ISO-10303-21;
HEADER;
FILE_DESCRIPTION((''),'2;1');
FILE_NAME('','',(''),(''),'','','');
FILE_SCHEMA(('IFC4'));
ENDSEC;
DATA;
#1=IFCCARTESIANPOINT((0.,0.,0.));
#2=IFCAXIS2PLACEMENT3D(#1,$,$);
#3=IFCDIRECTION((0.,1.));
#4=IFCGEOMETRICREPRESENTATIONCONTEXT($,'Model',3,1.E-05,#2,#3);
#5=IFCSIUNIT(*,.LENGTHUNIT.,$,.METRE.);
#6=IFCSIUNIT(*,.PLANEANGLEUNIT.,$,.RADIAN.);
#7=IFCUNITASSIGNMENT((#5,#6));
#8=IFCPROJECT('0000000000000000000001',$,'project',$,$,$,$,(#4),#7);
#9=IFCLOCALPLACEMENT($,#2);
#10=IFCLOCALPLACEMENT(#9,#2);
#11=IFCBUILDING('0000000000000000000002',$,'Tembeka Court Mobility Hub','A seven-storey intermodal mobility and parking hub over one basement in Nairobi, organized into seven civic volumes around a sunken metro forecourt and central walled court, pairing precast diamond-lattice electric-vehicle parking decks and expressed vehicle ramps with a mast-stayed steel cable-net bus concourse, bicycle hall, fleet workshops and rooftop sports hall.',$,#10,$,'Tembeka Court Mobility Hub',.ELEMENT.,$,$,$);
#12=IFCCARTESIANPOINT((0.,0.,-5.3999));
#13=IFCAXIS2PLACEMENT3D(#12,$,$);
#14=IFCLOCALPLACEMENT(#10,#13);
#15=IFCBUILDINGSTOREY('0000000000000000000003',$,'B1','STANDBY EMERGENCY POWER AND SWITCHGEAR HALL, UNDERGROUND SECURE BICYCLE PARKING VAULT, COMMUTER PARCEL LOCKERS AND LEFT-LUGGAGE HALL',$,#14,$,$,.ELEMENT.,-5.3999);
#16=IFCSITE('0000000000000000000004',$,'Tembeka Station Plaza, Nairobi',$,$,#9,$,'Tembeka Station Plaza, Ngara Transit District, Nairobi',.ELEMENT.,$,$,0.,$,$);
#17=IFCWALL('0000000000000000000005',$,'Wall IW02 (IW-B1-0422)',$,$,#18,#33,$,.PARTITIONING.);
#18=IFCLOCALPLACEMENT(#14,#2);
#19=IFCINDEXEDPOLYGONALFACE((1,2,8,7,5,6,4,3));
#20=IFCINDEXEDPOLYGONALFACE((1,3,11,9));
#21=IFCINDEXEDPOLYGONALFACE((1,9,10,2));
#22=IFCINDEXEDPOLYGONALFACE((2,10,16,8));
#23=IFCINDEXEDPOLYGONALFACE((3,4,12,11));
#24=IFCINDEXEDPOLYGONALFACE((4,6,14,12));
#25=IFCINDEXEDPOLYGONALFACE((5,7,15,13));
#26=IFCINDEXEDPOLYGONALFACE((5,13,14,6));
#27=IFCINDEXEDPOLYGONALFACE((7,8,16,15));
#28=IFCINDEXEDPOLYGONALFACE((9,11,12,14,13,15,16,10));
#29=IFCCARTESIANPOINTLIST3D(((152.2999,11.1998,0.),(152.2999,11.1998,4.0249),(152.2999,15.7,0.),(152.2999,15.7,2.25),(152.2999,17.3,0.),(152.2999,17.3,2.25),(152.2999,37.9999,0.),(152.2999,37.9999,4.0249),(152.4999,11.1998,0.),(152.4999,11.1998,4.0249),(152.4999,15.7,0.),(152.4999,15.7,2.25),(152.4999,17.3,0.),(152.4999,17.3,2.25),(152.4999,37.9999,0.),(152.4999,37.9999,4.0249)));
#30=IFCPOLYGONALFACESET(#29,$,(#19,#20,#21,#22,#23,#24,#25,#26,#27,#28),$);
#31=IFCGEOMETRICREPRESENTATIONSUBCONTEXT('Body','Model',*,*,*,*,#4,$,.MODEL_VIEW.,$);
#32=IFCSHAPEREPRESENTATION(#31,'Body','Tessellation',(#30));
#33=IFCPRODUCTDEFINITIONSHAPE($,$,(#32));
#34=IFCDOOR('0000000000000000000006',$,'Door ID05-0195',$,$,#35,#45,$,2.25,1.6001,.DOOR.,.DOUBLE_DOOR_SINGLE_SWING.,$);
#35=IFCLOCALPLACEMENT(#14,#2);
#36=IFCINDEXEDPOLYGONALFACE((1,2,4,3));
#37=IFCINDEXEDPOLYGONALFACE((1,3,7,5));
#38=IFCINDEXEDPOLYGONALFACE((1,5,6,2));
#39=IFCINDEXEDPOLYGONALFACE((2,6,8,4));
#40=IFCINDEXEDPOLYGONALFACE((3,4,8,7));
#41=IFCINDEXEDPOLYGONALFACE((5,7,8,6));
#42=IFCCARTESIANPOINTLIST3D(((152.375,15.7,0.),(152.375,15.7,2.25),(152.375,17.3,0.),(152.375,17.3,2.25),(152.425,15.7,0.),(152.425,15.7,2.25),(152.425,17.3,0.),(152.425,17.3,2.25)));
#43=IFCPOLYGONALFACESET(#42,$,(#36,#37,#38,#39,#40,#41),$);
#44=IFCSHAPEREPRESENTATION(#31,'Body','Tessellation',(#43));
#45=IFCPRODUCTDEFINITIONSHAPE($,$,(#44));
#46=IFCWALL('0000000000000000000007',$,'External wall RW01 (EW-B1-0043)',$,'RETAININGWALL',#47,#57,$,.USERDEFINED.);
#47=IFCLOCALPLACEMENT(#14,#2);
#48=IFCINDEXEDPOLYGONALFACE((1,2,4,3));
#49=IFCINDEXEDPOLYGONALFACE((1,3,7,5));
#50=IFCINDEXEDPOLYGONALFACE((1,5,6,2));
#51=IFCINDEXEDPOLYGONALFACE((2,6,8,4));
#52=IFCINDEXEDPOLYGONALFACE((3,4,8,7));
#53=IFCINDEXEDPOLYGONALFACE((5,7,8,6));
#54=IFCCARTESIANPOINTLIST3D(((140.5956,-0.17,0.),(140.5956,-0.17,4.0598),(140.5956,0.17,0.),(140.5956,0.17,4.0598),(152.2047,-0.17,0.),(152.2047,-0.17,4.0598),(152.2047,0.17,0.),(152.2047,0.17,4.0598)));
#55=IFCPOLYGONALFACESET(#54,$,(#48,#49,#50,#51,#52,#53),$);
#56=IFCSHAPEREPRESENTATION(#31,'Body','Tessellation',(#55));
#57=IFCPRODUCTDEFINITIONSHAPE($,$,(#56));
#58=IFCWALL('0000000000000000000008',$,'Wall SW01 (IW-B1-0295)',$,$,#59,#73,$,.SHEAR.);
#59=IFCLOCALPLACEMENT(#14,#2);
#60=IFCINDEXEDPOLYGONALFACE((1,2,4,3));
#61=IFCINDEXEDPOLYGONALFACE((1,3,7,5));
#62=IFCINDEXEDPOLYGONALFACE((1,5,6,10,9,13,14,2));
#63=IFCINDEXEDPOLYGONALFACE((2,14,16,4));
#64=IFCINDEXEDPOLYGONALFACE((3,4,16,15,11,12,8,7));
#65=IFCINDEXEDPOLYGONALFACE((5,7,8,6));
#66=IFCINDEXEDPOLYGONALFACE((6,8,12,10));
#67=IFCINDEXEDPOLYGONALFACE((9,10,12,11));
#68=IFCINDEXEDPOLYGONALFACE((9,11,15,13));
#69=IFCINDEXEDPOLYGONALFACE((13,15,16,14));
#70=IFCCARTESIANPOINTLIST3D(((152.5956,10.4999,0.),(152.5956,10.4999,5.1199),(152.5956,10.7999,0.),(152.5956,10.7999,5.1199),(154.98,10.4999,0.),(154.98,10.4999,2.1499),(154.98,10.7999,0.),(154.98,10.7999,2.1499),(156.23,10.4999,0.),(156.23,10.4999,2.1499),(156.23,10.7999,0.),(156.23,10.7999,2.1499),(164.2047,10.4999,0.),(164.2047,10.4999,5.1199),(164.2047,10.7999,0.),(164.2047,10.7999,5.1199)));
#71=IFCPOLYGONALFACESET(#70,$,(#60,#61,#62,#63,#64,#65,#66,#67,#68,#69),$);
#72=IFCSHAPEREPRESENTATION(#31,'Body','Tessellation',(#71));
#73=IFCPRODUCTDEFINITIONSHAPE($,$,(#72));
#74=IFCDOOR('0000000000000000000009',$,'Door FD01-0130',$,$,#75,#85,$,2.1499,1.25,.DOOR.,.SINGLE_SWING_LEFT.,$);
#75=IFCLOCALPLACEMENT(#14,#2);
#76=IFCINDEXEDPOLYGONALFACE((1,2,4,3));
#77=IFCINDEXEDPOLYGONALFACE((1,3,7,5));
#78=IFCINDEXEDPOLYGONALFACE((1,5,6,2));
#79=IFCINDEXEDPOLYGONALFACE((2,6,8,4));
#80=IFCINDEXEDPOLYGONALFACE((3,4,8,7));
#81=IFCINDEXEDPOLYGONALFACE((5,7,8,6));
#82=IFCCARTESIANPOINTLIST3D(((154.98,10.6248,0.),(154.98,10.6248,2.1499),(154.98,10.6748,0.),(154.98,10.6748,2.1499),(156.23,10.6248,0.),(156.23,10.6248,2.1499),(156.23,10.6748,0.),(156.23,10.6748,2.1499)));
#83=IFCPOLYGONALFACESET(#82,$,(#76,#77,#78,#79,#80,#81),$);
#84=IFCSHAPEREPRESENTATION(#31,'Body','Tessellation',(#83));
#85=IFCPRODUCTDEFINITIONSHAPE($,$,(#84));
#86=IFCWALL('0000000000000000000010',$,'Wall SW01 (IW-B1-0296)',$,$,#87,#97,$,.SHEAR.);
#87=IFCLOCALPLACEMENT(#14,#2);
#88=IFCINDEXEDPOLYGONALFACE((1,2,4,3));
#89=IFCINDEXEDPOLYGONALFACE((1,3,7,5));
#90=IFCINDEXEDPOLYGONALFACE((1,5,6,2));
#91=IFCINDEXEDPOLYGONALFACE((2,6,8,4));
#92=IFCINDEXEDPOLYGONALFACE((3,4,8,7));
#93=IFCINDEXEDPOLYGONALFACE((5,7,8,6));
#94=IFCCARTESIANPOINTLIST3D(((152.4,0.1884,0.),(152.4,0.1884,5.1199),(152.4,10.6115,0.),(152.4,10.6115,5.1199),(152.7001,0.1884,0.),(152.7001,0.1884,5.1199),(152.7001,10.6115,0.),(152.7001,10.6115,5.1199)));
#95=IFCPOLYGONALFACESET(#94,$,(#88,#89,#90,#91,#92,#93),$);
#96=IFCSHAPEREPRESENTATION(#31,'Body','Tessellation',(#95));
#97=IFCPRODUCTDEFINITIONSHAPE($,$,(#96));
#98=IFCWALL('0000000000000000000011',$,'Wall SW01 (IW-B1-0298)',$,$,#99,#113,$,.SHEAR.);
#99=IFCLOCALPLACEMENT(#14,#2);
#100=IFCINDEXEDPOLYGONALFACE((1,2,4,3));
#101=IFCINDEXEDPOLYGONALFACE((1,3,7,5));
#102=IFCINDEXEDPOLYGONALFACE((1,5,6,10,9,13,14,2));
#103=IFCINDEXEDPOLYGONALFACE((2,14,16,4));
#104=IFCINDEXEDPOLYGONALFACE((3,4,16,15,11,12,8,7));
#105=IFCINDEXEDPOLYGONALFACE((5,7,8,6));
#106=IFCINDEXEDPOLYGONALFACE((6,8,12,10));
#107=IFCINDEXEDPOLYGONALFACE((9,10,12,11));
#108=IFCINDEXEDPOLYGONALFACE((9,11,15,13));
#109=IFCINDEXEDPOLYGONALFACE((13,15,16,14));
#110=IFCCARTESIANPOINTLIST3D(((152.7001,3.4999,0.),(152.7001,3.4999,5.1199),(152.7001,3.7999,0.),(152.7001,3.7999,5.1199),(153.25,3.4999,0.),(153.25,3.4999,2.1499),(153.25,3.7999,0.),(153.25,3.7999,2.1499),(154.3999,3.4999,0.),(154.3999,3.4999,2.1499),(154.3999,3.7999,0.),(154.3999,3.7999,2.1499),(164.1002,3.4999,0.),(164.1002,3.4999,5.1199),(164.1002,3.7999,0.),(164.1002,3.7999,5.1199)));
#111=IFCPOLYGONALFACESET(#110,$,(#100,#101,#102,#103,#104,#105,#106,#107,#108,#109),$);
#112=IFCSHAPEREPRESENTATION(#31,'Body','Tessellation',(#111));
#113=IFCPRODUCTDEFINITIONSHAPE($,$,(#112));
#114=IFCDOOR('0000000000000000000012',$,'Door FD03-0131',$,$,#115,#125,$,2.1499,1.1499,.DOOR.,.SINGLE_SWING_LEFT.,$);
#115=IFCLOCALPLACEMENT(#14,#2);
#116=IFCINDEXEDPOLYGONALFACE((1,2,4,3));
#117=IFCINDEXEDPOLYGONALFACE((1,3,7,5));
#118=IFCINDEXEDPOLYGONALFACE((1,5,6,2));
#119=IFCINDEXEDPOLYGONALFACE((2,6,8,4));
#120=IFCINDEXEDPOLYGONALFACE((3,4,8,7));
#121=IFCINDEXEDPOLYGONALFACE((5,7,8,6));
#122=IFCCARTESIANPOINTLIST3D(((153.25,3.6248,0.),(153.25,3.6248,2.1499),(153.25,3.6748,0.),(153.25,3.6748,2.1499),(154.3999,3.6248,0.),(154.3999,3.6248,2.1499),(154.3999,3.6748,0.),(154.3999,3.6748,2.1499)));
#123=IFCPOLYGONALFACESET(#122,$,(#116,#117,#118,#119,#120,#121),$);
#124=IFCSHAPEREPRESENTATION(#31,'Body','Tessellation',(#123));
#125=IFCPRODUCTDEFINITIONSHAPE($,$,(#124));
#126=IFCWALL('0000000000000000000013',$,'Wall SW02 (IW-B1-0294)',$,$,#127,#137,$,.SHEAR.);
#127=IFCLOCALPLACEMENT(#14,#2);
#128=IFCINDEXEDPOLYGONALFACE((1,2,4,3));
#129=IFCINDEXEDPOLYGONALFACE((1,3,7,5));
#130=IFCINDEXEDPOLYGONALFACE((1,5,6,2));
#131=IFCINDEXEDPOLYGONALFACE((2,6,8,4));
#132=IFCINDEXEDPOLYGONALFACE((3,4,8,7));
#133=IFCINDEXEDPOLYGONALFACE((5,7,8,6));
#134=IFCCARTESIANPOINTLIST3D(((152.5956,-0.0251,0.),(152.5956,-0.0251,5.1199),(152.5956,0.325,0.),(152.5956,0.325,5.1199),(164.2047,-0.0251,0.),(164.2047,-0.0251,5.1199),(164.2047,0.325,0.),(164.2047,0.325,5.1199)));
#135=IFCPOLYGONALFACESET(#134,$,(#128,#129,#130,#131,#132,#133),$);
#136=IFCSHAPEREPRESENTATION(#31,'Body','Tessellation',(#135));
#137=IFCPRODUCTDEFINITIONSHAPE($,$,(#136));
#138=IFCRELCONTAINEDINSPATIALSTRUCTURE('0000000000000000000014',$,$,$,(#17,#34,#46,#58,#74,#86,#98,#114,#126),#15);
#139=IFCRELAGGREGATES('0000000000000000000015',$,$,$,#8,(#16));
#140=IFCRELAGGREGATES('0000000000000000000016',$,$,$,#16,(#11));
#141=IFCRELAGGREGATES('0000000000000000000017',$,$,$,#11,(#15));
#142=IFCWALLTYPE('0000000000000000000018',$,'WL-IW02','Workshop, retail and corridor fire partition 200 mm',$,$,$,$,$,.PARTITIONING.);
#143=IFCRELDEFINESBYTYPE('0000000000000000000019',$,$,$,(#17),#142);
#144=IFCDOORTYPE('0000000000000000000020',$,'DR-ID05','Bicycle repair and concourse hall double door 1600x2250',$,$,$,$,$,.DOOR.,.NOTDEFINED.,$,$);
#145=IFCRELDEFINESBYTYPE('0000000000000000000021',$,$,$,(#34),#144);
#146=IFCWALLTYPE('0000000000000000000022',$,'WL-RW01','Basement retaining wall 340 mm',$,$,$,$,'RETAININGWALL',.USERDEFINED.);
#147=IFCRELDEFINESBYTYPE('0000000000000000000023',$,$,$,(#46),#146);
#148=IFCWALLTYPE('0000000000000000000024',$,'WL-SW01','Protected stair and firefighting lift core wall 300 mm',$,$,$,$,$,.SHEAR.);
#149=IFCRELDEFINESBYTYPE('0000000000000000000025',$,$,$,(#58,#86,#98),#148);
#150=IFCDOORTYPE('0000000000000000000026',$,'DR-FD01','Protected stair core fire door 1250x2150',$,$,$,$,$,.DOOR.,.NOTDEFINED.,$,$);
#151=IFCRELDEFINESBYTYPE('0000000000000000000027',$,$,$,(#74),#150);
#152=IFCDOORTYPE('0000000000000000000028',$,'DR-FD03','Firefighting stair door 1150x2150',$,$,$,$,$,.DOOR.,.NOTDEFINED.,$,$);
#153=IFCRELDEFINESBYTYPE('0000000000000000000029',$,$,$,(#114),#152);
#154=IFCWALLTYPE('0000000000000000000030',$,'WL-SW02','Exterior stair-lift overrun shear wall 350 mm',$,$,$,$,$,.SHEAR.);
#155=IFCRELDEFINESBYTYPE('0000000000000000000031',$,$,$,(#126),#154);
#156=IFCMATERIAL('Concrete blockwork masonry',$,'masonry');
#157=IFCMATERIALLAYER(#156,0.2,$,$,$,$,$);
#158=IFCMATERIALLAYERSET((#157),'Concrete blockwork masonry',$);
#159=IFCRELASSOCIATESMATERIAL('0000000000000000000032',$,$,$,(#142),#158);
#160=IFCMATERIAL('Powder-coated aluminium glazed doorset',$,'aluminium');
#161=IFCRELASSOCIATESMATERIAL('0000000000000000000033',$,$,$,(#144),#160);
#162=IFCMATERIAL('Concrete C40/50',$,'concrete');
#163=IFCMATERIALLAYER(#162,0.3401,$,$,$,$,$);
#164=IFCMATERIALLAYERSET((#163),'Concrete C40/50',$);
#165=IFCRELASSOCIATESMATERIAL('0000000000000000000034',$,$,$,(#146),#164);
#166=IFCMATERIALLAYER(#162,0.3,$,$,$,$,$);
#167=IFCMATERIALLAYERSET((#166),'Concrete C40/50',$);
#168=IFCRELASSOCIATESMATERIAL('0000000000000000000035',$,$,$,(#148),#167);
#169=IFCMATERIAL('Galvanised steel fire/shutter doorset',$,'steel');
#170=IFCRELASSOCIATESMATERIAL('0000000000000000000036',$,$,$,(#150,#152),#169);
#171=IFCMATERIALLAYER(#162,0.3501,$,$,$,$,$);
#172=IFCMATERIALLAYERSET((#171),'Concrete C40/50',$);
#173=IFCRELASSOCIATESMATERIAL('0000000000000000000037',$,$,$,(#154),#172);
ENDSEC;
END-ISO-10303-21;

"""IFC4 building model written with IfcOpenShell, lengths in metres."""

from ifc_helpers import new_model, si_unit, direction, frame, frame_2d, origin, place, context, subcontext, project, spatial, rectangle, extrude, material, layer, layer_set, type_object, element, fill, save


model = new_model("IFC4")

# Units and contexts
model_context = context("Model", 3, precision=1e-05, world=origin(), true_north=direction((0.0, 1.0)))
body_context = subcontext(model_context, "Body", "Model", "MODEL_VIEW")
ifc_project = project(units=[si_unit("LENGTHUNIT", "METRE"), si_unit("PLANEANGLEUNIT", "RADIAN")], contexts=[model_context])

# Site, building, storey
site_placement = place(None, origin())
site = spatial("IfcSite", under=ifc_project, at=site_placement, Name="Tembeka Station Plaza, Nairobi", LongName="Tembeka Station Plaza, Ngara Transit District, Nairobi", CompositionType="ELEMENT", RefElevation=0.0)
building_placement = place(site_placement, origin())
building = spatial("IfcBuilding", under=site, at=building_placement, Name="Tembeka Court Mobility Hub", Description="A seven-storey intermodal mobility and parking hub over one basement in Nairobi, organized into seven civic volumes around a sunken metro forecourt and central walled court, pairing precast diamond-lattice electric-vehicle parking decks and expressed vehicle ramps with a mast-stayed steel cable-net bus concourse, bicycle hall, fleet workshops and rooftop sports hall.", LongName="Tembeka Court Mobility Hub", CompositionType="ELEMENT")
storey_placement = place(building_placement, frame((0.0, 0.0, -5.3999)))
storey = spatial("IfcBuildingStorey", under=building, at=storey_placement, Name="B1", Description="STANDBY EMERGENCY POWER AND SWITCHGEAR HALL, UNDERGROUND SECURE BICYCLE PARKING VAULT, COMMUTER PARCEL LOCKERS AND LEFT-LUGGAGE HALL", CompositionType="ELEMENT", Elevation=-5.3999)

# Shared definitions
ifc_material_1 = material(Name="Concrete C40/50", Category="concrete")

# Wall, opening, door
ifc_material_2 = material(Name="Concrete blockwork masonry", Category="masonry")
ifc_layer_1 = layer(ifc_material_2, 0.2)
ifc_layer_set_1 = layer_set([ifc_layer_1], Name="Concrete blockwork masonry")
wall_type_1 = type_object("IfcWallType", Name="WL-IW02", Description="Workshop, retail and corridor fire partition 200 mm", PredefinedType="PARTITIONING", material=ifc_layer_set_1)
wall_1_placement = place(storey_placement, frame((152.3999, 11.2, 0.0), z_axis=(0.0, 0.0, 1.0), x_axis=(0.0, 1.0, 0.0)))
wall_1 = element("IfcWall", 1, at=wall_1_placement, inside=storey, type_object=wall_type_1, Name="Wall IW02 (IW-B1-0422)", PredefinedType="PARTITIONING", context=body_context, shape_type="SweptSolid", body=[
    extrude(rectangle(XDim=26.8, YDim=0.2, at=frame_2d((13.3999, 0.0))), origin(), (0.0, 0.0, 1.0), 4.0249),
])
opening_1_placement = place(wall_1_placement, frame((4.5, 0.0, 0.0)))
opening_1 = element("IfcOpeningElement", 2, at=opening_1_placement, cuts=wall_1, PredefinedType="OPENING", context=body_context, shape_type="SweptSolid", body=[
    extrude(rectangle(XDim=1.6001, YDim=2.25, at=frame_2d((0.8, 1.125))), frame((0.0, 0.1099, 0.0), z_axis=(0.0, -1.0, 0.0), x_axis=(1.0, 0.0, 0.0)), (0.0, 0.0, 1.0), 0.22),
])
ifc_material_3 = material(Name="Powder-coated aluminium glazed doorset", Category="aluminium")
door_type_1 = type_object("IfcDoorType", Name="DR-ID05", Description="Bicycle repair and concourse hall double door 1600x2250", OperationType="NOTDEFINED", PredefinedType="DOOR", material=ifc_material_3)
door_1_placement = place(opening_1_placement, origin())
door_1 = element("IfcDoor", 3, at=door_1_placement, inside=storey, type_object=door_type_1, Name="Door ID05-0195", OperationType="DOUBLE_DOOR_SINGLE_SWING", OverallHeight=2.25, OverallWidth=1.6001, PredefinedType="DOOR", context=body_context, shape_type="SweptSolid", body=[
    extrude(rectangle(XDim=1.6001, YDim=2.25, at=frame_2d((0.8, 1.125))), frame((0.0, 0.0249, 0.0), z_axis=(0.0, -1.0, 0.0), x_axis=(1.0, 0.0, 0.0)), (0.0, 0.0, 1.0), 0.05),
])
fill(opening_1, door_1)

# Wall
ifc_layer_2 = layer(ifc_material_1, 0.3401)
ifc_layer_set_2 = layer_set([ifc_layer_2], Name="Concrete C40/50")
wall_type_2 = type_object("IfcWallType", Name="WL-RW01", Description="Basement retaining wall 340 mm", ElementType="RETAININGWALL", PredefinedType="USERDEFINED", material=ifc_layer_set_2)
wall_2_placement = place(storey_placement, frame((140.5955, 0.0, 0.0), z_axis=(0.0, 0.0, 1.0), x_axis=(1.0, 0.0, 0.0)))
element("IfcWall", 4, at=wall_2_placement, inside=storey, type_object=wall_type_2, Name="External wall RW01 (EW-B1-0043)", ObjectType="RETAININGWALL", PredefinedType="USERDEFINED", context=body_context, shape_type="SweptSolid", body=[
    extrude(rectangle(XDim=11.6091, YDim=0.3401, at=frame_2d((5.8047, 0.0))), origin(), (0.0, 0.0, 1.0), 4.0598),
])

# Wall, opening, door
ifc_layer_3 = layer(ifc_material_1, 0.3)
ifc_layer_set_3 = layer_set([ifc_layer_3], Name="Concrete C40/50")
wall_type_3 = type_object("IfcWallType", Name="WL-SW01", Description="Protected stair and firefighting lift core wall 300 mm", PredefinedType="SHEAR", material=ifc_layer_set_3)
wall_3_placement = place(storey_placement, frame((152.5955, 10.6499, 0.0), z_axis=(0.0, 0.0, 1.0), x_axis=(1.0, 0.0, 0.0)))
wall_3 = element("IfcWall", 5, at=wall_3_placement, inside=storey, type_object=wall_type_3, Name="Wall SW01 (IW-B1-0295)", PredefinedType="SHEAR", context=body_context, shape_type="SweptSolid", body=[
    extrude(rectangle(XDim=11.6091, YDim=0.3, at=frame_2d((5.8047, 0.0))), origin(), (0.0, 0.0, 1.0), 5.1199),
])
opening_2_placement = place(wall_3_placement, frame((2.3845, 0.0, 0.0)))
opening_2 = element("IfcOpeningElement", 6, at=opening_2_placement, cuts=wall_3, PredefinedType="OPENING", context=body_context, shape_type="SweptSolid", body=[
    extrude(rectangle(XDim=1.25, YDim=2.1499, at=frame_2d((0.625, 1.075))), frame((0.0, 0.1602, 0.0), z_axis=(0.0, -1.0, 0.0), x_axis=(1.0, 0.0, 0.0)), (0.0, 0.0, 1.0), 0.3201),
])
ifc_material_4 = material(Name="Galvanised steel fire/shutter doorset", Category="steel")
door_type_2 = type_object("IfcDoorType", Name="DR-FD01", Description="Protected stair core fire door 1250x2150", OperationType="NOTDEFINED", PredefinedType="DOOR", material=ifc_material_4)
door_2_placement = place(opening_2_placement, origin())
door_2 = element("IfcDoor", 7, at=door_2_placement, inside=storey, type_object=door_type_2, Name="Door FD01-0130", OperationType="SINGLE_SWING_LEFT", OverallHeight=2.1499, OverallWidth=1.25, PredefinedType="DOOR", context=body_context, shape_type="SweptSolid", body=[
    extrude(rectangle(XDim=1.25, YDim=2.1499, at=frame_2d((0.625, 1.075))), frame((0.0, 0.0249, 0.0), z_axis=(0.0, -1.0, 0.0), x_axis=(1.0, 0.0, 0.0)), (0.0, 0.0, 1.0), 0.05),
])
fill(opening_2, door_2)

# Wall
wall_4_placement = place(storey_placement, frame((152.55, 0.1885, 0.0), z_axis=(0.0, 0.0, 1.0), x_axis=(0.0, 1.0, 0.0)))
element("IfcWall", 8, at=wall_4_placement, inside=storey, type_object=wall_type_3, Name="Wall SW01 (IW-B1-0296)", PredefinedType="SHEAR", context=body_context, shape_type="SweptSolid", body=[
    extrude(rectangle(XDim=10.4231, YDim=0.3, at=frame_2d((5.2114, 0.0))), origin(), (0.0, 0.0, 1.0), 5.1199),
])

# Wall, opening, door
wall_5_placement = place(storey_placement, frame((152.7, 3.6499, 0.0), z_axis=(0.0, 0.0, 1.0), x_axis=(1.0, 0.0, 0.0)))
wall_5 = element("IfcWall", 9, at=wall_5_placement, inside=storey, type_object=wall_type_3, Name="Wall SW01 (IW-B1-0298)", PredefinedType="SHEAR", context=body_context, shape_type="SweptSolid", body=[
    extrude(rectangle(XDim=11.4001, YDim=0.3, at=frame_2d((5.7002, 0.0))), origin(), (0.0, 0.0, 1.0), 5.1199),
])
opening_3_placement = place(wall_5_placement, frame((0.55, 0.0, 0.0)))
opening_3 = element("IfcOpeningElement", 10, at=opening_3_placement, cuts=wall_5, PredefinedType="OPENING", context=body_context, shape_type="SweptSolid", body=[
    extrude(rectangle(XDim=1.1499, YDim=2.1499, at=frame_2d((0.575, 1.075))), frame((0.0, 0.1602, 0.0), z_axis=(0.0, -1.0, 0.0), x_axis=(1.0, 0.0, 0.0)), (0.0, 0.0, 1.0), 0.3201),
])
door_type_3 = type_object("IfcDoorType", Name="DR-FD03", Description="Firefighting stair door 1150x2150", OperationType="NOTDEFINED", PredefinedType="DOOR", material=ifc_material_4)
door_3_placement = place(opening_3_placement, origin())
door_3 = element("IfcDoor", 11, at=door_3_placement, inside=storey, type_object=door_type_3, Name="Door FD03-0131", OperationType="SINGLE_SWING_LEFT", OverallHeight=2.1499, OverallWidth=1.1499, PredefinedType="DOOR", context=body_context, shape_type="SweptSolid", body=[
    extrude(rectangle(XDim=1.1499, YDim=2.1499, at=frame_2d((0.575, 1.075))), frame((0.0, 0.0249, 0.0), z_axis=(0.0, -1.0, 0.0), x_axis=(1.0, 0.0, 0.0)), (0.0, 0.0, 1.0), 0.05),
])
fill(opening_3, door_3)

# Wall
ifc_layer_4 = layer(ifc_material_1, 0.3501)
ifc_layer_set_4 = layer_set([ifc_layer_4], Name="Concrete C40/50")
wall_type_4 = type_object("IfcWallType", Name="WL-SW02", Description="Exterior stair-lift overrun shear wall 350 mm", PredefinedType="SHEAR", material=ifc_layer_set_4)
wall_6_placement = place(storey_placement, frame((152.5955, 0.1499, 0.0), z_axis=(0.0, 0.0, 1.0), x_axis=(1.0, 0.0, 0.0)))
element("IfcWall", 12, at=wall_6_placement, inside=storey, type_object=wall_type_4, Name="Wall SW02 (IW-B1-0294)", PredefinedType="SHEAR", context=body_context, shape_type="SweptSolid", body=[
    extrude(rectangle(XDim=11.6091, YDim=0.3501, at=frame_2d((5.8047, 0.0))), origin(), (0.0, 0.0, 1.0), 5.1199),
])

save(model, "model.ifc")
